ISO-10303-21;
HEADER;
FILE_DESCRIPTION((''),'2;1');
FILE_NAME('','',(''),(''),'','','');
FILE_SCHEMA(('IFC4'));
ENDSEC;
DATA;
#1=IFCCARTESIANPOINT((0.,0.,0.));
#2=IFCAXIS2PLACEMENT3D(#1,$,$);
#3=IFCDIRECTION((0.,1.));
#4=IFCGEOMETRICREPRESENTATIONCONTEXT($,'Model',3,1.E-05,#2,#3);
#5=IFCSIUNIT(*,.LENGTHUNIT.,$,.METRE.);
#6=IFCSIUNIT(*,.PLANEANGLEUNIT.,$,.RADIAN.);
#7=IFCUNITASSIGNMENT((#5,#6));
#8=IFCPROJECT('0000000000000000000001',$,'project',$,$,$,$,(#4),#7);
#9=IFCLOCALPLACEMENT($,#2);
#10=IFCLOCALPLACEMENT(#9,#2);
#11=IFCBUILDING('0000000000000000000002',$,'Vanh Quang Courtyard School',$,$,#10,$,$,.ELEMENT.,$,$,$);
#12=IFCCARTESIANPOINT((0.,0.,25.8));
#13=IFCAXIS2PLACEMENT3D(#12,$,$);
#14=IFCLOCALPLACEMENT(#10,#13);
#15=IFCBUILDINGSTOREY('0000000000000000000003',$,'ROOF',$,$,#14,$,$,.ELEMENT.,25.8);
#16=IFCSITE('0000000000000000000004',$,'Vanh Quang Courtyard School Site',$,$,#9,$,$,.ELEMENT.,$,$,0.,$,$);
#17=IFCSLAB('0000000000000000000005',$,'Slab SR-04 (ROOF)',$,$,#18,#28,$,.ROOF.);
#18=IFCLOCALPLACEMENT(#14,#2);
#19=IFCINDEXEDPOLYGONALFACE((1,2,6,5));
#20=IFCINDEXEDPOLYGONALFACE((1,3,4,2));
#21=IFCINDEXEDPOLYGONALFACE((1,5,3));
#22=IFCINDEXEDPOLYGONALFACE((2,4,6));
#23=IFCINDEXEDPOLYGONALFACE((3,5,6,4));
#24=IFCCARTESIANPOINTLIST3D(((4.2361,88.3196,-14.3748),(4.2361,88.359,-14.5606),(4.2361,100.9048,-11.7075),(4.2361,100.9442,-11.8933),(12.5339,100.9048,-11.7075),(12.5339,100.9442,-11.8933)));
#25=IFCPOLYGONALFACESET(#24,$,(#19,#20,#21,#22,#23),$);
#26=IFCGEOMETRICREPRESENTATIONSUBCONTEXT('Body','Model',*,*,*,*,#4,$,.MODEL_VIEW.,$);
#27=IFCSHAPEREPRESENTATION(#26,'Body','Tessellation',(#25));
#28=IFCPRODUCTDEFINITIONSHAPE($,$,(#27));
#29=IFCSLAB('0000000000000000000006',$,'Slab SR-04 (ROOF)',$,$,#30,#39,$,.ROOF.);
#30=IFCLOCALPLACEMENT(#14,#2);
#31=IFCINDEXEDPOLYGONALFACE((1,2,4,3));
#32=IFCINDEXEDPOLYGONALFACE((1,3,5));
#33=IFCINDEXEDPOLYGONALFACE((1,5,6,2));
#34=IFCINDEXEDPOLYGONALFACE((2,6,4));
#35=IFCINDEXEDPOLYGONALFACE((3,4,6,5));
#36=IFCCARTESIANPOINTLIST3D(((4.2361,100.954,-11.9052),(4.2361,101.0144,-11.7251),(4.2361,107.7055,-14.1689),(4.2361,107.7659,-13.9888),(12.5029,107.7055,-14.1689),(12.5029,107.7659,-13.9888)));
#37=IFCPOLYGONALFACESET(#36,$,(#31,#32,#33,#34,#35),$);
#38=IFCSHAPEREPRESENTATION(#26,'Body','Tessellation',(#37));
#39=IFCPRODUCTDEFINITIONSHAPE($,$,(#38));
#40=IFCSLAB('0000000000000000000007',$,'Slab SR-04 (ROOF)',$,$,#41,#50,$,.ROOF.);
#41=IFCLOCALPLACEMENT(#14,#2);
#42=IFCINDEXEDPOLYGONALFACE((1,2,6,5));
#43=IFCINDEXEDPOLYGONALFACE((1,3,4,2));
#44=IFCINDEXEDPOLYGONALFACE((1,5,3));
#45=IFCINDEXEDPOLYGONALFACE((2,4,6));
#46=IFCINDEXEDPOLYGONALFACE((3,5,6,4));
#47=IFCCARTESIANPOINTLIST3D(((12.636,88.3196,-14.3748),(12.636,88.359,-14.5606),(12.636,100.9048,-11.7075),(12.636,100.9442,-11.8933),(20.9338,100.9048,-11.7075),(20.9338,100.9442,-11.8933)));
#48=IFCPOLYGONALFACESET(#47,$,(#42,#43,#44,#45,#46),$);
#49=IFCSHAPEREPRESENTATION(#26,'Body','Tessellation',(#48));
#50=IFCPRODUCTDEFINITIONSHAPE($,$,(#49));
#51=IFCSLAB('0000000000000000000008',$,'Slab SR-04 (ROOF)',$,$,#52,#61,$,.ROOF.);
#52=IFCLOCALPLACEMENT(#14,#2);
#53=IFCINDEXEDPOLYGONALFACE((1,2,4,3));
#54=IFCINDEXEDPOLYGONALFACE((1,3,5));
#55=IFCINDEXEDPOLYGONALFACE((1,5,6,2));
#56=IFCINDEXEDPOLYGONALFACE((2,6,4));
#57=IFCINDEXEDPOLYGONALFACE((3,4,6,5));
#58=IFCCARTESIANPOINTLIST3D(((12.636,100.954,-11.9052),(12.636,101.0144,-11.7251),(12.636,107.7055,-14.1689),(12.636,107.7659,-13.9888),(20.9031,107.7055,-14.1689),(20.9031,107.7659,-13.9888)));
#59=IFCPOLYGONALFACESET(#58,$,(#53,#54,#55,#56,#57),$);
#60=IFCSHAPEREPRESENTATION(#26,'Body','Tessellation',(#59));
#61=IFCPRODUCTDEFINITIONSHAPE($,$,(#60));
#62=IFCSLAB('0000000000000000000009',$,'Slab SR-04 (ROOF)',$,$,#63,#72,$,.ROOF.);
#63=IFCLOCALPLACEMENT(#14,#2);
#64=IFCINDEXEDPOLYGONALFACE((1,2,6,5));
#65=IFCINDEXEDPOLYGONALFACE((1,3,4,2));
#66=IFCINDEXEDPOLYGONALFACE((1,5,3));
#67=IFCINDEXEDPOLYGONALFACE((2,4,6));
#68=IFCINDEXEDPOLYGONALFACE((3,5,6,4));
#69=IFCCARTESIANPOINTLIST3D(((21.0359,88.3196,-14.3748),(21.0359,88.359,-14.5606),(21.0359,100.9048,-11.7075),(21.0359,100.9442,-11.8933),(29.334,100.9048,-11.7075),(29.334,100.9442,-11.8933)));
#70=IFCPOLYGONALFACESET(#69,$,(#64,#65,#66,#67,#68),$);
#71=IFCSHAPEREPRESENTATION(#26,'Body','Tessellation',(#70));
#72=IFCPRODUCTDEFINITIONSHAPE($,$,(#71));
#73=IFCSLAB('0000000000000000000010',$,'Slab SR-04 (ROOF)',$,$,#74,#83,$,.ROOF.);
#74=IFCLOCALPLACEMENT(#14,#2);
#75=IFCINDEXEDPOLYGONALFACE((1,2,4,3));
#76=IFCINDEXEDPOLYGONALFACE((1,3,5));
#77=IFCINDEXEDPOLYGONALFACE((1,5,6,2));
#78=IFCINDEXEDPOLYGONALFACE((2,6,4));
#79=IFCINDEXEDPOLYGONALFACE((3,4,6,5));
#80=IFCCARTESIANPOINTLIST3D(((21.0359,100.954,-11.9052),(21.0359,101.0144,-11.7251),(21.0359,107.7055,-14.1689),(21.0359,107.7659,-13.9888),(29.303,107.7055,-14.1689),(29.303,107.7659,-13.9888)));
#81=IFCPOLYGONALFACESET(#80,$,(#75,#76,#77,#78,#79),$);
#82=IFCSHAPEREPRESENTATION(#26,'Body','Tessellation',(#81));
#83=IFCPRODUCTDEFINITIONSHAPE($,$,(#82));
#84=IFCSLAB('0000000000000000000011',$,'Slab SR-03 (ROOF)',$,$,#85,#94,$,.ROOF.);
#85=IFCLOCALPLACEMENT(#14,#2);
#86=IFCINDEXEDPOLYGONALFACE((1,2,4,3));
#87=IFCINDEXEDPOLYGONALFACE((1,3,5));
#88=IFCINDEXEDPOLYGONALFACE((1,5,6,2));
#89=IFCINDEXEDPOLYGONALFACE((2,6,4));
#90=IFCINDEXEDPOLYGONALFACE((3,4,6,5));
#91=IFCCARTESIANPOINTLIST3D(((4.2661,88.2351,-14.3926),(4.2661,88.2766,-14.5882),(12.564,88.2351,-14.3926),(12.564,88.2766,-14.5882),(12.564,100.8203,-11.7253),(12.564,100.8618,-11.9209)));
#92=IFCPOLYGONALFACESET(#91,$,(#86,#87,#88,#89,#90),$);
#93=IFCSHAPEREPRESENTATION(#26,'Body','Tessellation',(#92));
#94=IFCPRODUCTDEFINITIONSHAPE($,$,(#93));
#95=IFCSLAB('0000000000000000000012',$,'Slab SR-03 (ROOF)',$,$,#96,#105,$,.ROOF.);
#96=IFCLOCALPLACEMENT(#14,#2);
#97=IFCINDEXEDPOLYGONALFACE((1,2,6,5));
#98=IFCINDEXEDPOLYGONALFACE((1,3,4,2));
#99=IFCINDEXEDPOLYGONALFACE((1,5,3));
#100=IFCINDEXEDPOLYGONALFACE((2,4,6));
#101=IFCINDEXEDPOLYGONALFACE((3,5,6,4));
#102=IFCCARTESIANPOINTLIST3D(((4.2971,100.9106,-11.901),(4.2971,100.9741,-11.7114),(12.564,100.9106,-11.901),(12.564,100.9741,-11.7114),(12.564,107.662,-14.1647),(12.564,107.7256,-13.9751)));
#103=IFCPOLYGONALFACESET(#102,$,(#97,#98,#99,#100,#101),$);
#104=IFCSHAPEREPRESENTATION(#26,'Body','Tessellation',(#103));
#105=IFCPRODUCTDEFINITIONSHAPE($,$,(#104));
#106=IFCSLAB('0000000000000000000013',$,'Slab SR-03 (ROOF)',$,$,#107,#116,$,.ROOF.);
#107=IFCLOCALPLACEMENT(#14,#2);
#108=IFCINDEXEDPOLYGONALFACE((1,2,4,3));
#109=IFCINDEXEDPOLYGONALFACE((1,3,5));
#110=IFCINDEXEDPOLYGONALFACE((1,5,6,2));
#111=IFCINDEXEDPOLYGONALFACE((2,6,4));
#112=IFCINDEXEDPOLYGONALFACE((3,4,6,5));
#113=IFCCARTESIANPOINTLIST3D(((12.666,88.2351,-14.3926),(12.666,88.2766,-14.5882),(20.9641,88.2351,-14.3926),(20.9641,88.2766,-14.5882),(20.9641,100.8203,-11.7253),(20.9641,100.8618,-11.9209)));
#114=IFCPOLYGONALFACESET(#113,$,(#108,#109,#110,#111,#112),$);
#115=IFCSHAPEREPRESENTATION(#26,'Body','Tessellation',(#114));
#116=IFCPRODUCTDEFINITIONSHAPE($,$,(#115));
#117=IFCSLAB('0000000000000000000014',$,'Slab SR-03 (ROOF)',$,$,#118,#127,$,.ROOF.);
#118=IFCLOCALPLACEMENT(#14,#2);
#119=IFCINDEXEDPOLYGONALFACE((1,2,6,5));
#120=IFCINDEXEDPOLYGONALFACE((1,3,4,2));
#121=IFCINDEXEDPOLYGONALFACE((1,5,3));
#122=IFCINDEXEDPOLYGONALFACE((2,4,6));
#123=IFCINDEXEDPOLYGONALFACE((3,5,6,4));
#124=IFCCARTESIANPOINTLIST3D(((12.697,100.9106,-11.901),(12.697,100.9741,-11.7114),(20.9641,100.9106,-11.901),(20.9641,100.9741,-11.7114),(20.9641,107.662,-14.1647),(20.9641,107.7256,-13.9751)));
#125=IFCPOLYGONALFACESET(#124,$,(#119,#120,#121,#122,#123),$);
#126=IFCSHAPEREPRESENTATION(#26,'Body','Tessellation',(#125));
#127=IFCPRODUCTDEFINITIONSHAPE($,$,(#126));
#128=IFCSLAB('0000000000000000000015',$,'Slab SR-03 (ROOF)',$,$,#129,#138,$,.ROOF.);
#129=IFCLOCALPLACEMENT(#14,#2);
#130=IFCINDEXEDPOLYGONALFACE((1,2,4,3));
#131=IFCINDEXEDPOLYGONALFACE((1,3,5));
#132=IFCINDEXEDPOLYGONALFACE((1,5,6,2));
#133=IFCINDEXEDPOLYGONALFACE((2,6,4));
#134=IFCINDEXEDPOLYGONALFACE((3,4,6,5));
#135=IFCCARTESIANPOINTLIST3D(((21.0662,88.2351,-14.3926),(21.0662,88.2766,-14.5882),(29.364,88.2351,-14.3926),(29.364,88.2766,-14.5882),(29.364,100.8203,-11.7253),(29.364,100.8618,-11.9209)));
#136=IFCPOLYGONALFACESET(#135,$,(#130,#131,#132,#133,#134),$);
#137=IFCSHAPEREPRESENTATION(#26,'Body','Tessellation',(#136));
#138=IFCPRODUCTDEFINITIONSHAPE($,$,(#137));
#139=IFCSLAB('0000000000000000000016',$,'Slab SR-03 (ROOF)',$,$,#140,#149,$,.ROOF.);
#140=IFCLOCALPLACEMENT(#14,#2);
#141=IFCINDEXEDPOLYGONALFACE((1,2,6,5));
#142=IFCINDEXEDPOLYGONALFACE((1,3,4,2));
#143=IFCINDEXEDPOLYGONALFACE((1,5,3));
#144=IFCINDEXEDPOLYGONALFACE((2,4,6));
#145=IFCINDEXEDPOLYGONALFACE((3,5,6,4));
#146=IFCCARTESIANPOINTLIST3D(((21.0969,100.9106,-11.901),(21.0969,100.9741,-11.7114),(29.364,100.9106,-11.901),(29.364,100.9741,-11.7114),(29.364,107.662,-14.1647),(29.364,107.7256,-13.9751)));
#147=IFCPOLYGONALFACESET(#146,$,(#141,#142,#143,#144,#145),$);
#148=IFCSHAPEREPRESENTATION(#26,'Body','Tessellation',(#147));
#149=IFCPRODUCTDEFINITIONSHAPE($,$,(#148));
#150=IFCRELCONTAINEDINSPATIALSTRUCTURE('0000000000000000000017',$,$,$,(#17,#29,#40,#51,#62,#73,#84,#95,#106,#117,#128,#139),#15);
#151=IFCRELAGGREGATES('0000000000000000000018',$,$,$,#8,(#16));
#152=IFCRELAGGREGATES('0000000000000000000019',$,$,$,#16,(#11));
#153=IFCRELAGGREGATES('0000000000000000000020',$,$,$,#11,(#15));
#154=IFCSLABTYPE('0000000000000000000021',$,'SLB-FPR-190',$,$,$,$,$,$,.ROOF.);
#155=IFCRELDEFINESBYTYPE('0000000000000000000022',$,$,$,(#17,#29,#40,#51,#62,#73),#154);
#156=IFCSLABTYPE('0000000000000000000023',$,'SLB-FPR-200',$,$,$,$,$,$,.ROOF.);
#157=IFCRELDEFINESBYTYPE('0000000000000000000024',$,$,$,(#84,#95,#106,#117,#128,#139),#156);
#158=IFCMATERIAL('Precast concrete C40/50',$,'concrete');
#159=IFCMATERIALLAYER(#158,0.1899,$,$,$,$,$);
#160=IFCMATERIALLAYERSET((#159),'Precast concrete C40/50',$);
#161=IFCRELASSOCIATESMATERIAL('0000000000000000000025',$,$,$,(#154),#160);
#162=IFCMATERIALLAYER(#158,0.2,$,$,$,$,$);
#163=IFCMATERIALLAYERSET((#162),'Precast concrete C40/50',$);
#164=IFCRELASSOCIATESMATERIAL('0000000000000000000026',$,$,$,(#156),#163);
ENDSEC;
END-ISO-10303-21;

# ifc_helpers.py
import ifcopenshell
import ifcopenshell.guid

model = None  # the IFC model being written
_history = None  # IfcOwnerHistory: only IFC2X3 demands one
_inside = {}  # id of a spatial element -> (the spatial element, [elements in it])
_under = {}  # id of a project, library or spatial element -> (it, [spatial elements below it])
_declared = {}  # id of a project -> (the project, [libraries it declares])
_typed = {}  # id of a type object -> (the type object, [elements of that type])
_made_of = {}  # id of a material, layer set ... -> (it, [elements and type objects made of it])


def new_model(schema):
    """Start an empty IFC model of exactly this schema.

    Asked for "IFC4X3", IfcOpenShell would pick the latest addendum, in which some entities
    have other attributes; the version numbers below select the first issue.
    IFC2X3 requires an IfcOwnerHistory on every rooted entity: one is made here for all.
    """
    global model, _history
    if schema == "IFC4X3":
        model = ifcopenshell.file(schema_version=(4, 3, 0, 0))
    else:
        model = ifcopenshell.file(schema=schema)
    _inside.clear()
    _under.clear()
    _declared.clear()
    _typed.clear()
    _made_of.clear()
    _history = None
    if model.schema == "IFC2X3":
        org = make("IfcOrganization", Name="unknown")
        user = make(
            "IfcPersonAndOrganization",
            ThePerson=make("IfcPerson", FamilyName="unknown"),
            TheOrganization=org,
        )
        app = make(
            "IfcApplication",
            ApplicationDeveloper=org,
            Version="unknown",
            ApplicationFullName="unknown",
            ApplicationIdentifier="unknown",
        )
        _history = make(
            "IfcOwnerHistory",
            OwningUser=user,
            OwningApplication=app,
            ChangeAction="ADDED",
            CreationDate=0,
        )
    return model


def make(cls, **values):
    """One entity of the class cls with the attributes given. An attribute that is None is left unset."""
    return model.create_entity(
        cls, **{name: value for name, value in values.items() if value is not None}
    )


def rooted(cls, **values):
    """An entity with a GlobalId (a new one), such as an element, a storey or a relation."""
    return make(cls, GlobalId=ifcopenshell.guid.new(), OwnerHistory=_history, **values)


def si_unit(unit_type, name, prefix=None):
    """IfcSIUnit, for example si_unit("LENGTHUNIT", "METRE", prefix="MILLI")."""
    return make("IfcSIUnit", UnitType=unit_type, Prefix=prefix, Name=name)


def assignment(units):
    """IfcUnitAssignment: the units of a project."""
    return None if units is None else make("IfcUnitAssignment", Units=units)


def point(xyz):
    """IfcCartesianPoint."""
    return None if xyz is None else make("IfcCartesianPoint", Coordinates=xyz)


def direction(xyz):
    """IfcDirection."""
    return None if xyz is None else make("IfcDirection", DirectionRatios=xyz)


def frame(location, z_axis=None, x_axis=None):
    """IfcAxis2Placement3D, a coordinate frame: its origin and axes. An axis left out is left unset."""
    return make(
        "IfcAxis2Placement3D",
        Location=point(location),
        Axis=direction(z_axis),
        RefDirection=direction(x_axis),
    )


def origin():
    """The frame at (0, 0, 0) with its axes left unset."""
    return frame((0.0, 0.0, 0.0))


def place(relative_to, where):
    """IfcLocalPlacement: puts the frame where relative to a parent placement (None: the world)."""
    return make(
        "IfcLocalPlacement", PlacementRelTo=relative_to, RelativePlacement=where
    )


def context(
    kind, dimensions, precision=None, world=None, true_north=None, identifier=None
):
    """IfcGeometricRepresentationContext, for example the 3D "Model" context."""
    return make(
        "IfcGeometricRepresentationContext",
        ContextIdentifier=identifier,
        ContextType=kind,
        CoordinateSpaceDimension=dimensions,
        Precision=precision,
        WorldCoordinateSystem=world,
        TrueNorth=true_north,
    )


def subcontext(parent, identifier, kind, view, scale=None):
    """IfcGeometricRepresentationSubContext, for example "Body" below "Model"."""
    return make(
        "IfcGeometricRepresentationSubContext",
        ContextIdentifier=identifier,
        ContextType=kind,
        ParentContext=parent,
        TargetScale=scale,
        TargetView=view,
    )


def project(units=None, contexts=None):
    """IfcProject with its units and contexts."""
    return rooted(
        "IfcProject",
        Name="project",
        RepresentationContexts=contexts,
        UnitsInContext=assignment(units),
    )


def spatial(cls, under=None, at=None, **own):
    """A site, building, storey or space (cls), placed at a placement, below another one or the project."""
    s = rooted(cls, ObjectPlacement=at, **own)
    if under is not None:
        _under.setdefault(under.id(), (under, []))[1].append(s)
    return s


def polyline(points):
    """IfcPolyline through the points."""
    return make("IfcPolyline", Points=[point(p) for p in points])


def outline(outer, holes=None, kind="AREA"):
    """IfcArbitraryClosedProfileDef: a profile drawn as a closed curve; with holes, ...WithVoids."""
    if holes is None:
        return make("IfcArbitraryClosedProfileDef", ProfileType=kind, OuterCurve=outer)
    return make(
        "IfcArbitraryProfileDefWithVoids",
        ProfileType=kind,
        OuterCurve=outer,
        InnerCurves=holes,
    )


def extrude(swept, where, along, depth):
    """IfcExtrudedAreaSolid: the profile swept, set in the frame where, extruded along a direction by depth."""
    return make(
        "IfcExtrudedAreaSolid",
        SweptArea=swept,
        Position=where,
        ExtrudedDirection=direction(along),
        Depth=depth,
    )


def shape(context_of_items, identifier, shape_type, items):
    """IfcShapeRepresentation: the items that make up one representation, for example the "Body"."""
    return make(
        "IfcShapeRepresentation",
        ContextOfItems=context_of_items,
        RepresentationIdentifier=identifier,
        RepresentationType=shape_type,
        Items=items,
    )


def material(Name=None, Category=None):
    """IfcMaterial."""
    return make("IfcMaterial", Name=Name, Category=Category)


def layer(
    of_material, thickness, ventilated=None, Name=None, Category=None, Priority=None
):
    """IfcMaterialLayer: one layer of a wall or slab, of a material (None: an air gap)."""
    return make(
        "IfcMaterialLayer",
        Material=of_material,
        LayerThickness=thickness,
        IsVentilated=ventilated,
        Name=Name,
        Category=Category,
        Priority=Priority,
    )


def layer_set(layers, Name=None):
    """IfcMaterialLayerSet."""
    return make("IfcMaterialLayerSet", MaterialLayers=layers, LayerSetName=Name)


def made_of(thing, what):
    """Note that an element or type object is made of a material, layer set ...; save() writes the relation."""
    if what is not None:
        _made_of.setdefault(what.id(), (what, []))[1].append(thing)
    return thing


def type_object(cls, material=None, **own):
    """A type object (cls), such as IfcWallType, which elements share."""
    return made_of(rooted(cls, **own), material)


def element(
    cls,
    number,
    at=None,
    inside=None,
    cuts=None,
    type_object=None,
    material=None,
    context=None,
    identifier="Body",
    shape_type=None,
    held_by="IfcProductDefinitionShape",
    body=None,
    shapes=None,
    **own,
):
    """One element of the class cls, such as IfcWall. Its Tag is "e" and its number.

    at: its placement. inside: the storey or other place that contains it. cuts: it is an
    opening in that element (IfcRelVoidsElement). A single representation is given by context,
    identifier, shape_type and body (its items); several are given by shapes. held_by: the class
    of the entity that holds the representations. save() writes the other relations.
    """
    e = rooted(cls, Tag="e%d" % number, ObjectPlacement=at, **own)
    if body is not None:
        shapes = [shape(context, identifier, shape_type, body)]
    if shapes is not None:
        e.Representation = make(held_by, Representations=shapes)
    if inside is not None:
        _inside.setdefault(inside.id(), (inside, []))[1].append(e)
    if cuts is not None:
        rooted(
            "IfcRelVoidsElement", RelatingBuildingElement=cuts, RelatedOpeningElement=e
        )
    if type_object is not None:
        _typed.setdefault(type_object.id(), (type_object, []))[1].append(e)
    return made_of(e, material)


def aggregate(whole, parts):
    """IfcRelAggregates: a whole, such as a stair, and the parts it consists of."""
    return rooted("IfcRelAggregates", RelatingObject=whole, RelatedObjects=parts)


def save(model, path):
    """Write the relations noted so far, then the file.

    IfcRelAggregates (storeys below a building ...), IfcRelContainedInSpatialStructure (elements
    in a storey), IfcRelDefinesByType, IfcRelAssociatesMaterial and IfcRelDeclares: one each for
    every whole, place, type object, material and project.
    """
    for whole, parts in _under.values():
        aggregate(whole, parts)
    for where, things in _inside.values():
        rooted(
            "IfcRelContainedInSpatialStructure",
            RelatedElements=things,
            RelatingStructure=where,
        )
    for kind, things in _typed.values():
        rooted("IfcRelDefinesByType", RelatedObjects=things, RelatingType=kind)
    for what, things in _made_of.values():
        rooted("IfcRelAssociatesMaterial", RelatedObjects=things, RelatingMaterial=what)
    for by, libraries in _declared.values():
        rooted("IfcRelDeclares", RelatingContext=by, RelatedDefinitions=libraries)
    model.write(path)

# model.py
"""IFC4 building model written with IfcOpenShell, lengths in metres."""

from ifc_helpers import new_model, si_unit, direction, frame, origin, place, context, subcontext, project, spatial, polyline, outline, extrude, material, layer, layer_set, type_object, element, save


model = new_model("IFC4")

# Units and contexts
model_context = context("Model", 3, precision=1e-05, world=origin(), true_north=direction((0.0, 1.0)))
body_context = subcontext(model_context, "Body", "Model", "MODEL_VIEW")
ifc_project = project(units=[si_unit("LENGTHUNIT", "METRE"), si_unit("PLANEANGLEUNIT", "RADIAN")], contexts=[model_context])

# Site, building, storey
site_placement = place(None, origin())
site = spatial("IfcSite", under=ifc_project, at=site_placement, Name="Vanh Quang Courtyard School Site", CompositionType="ELEMENT", RefElevation=0.0)
building_placement = place(site_placement, origin())
building = spatial("IfcBuilding", under=site, at=building_placement, Name="Vanh Quang Courtyard School", CompositionType="ELEMENT")
storey_placement = place(building_placement, frame((0.0, 0.0, 25.8)))
storey = spatial("IfcBuildingStorey", under=building, at=storey_placement, Name="ROOF", CompositionType="ELEMENT", Elevation=25.8)

# Slabs
ifc_material_1 = material(Name="Precast concrete C40/50", Category="concrete")
ifc_layer_1 = layer(ifc_material_1, 0.1899)
ifc_layer_set_1 = layer_set([ifc_layer_1], Name="Precast concrete C40/50")
slab_type_1 = type_object("IfcSlabType", Name="SLB-FPR-190", PredefinedType="ROOF", material=ifc_layer_set_1)
slab_1_placement = place(storey_placement, frame((4.2361, 88.3196, -14.3748), z_axis=(0.0, -0.207329, 0.978271), x_axis=(0.542036, 0.822096, 0.17423)))
element("IfcSlab", 1, at=slab_1_placement, inside=storey, type_object=slab_type_1, Name="Slab SR-04 (ROOF)", PredefinedType="ROOF", context=body_context, shape_type="SweptSolid", body=[
    extrude(outline(polyline([(0.0, 0.0), (15.3087, 0.0), (10.811, 6.9731), (0.0, 0.0)])), origin(), (0.0, 0.0, -1.0), 0.1899),
])
slab_2_placement = place(storey_placement, frame((4.2361, 101.0144, -11.7251), z_axis=(0.0, 0.317894, 0.948126), x_axis=(0.75767, 0.618783, -0.207469)))
element("IfcSlab", 2, at=slab_2_placement, inside=storey, type_object=slab_type_1, Name="Slab SR-04 (ROOF)", PredefinedType="ROOF", context=body_context, shape_type="SweptSolid", body=[
    extrude(outline(polyline([(0.0, 0.0), (10.9109, 0.0), (4.6473, 5.3953), (0.0, 0.0)])), origin(), (0.0, 0.0, -1.0), 0.1899),
])
slab_3_placement = place(storey_placement, frame((12.636, 88.3196, -14.3748), z_axis=(0.0, -0.207329, 0.978271), x_axis=(0.542036, 0.822096, 0.17423)))
element("IfcSlab", 3, at=slab_3_placement, inside=storey, type_object=slab_type_1, Name="Slab SR-04 (ROOF)", PredefinedType="ROOF", context=body_context, shape_type="SweptSolid", body=[
    extrude(outline(polyline([(0.0, 0.0), (15.3087, 0.0), (10.811, 6.9731), (0.0, 0.0)])), origin(), (0.0, 0.0, -1.0), 0.1899),
])
slab_4_placement = place(storey_placement, frame((12.636, 101.0144, -11.7251), z_axis=(0.0, 0.317894, 0.948126), x_axis=(0.75768, 0.618773, -0.207466)))
element("IfcSlab", 4, at=slab_4_placement, inside=storey, type_object=slab_type_1, Name="Slab SR-04 (ROOF)", PredefinedType="ROOF", context=body_context, shape_type="SweptSolid", body=[
    extrude(outline(polyline([(0.0, 0.0), (10.9111, 0.0), (4.6473, 5.3953), (0.0, 0.0)])), origin(), (0.0, 0.0, -1.0), 0.1899),
])
slab_5_placement = place(storey_placement, frame((21.0359, 88.3196, -14.3748), z_axis=(0.0, -0.207329, 0.978271), x_axis=(0.542047, 0.822089, 0.174229)))
element("IfcSlab", 5, at=slab_5_placement, inside=storey, type_object=slab_type_1, Name="Slab SR-04 (ROOF)", PredefinedType="ROOF", context=body_context, shape_type="SweptSolid", body=[
    extrude(outline(polyline([(0.0, 0.0), (15.3088, 0.0), (10.8109, 6.9733), (0.0, 0.0)])), origin(), (0.0, 0.0, -1.0), 0.1899),
])
slab_6_placement = place(storey_placement, frame((21.0359, 101.0144, -11.7251), z_axis=(0.0, 0.317894, 0.948126), x_axis=(0.75768, 0.618773, -0.207466)))
element("IfcSlab", 6, at=slab_6_placement, inside=storey, type_object=slab_type_1, Name="Slab SR-04 (ROOF)", PredefinedType="ROOF", context=body_context, shape_type="SweptSolid", body=[
    extrude(outline(polyline([(0.0, 0.0), (10.9111, 0.0), (4.6473, 5.3953), (0.0, 0.0)])), origin(), (0.0, 0.0, -1.0), 0.1899),
])
ifc_layer_2 = layer(ifc_material_1, 0.2)
ifc_layer_set_2 = layer_set([ifc_layer_2], Name="Precast concrete C40/50")
slab_type_2 = type_object("IfcSlabType", Name="SLB-FPR-200", PredefinedType="ROOF", material=ifc_layer_set_2)
slab_7_placement = place(storey_placement, frame((4.2661, 88.2351, -14.3926), z_axis=(0.0, -0.207329, 0.978271), x_axis=(1.0, 0.0, 0.0)))
element("IfcSlab", 7, at=slab_7_placement, inside=storey, type_object=slab_type_2, Name="Slab SR-03 (ROOF)", PredefinedType="ROOF", context=body_context, shape_type="SweptSolid", body=[
    extrude(outline(polyline([(0.0, 0.0), (8.2979, 0.0), (8.2979, 12.8647), (0.0, 0.0)])), origin(), (0.0, 0.0, -1.0), 0.2),
])
slab_8_placement = place(storey_placement, frame((4.2971, 100.9741, -11.7114), z_axis=(0.0, 0.317894, 0.948126), x_axis=(1.0, 0.0, 0.0)))
element("IfcSlab", 8, at=slab_8_placement, inside=storey, type_object=slab_type_2, Name="Slab SR-03 (ROOF)", PredefinedType="ROOF", context=body_context, shape_type="SweptSolid", body=[
    extrude(outline(polyline([(0.0, 0.0), (8.2668, 0.0), (8.2668, 7.1208), (0.0, 0.0)])), origin(), (0.0, 0.0, -1.0), 0.2),
])
slab_9_placement = place(storey_placement, frame((12.666, 88.2351, -14.3926), z_axis=(0.0, -0.207329, 0.978271), x_axis=(1.0, 0.0, 0.0)))
element("IfcSlab", 9, at=slab_9_placement, inside=storey, type_object=slab_type_2, Name="Slab SR-03 (ROOF)", PredefinedType="ROOF", context=body_context, shape_type="SweptSolid", body=[
    extrude(outline(polyline([(0.0, 0.0), (8.2981, 0.0), (8.2981, 12.8647), (0.0, 0.0)])), origin(), (0.0, 0.0, -1.0), 0.2),
])
slab_10_placement = place(storey_placement, frame((12.697, 100.9741, -11.7114), z_axis=(0.0, 0.317894, 0.948126), x_axis=(1.0, 0.0, 0.0)))
element("IfcSlab", 10, at=slab_10_placement, inside=storey, type_object=slab_type_2, Name="Slab SR-03 (ROOF)", PredefinedType="ROOF", context=body_context, shape_type="SweptSolid", body=[
    extrude(outline(polyline([(0.0, 0.0), (8.2671, 0.0), (8.2671, 7.1208), (0.0, 0.0)])), origin(), (0.0, 0.0, -1.0), 0.2),
])
slab_11_placement = place(storey_placement, frame((21.0662, 88.2351, -14.3926), z_axis=(0.0, -0.207329, 0.978271), x_axis=(1.0, 0.0, 0.0)))
element("IfcSlab", 11, at=slab_11_placement, inside=storey, type_object=slab_type_2, Name="Slab SR-03 (ROOF)", PredefinedType="ROOF", context=body_context, shape_type="SweptSolid", body=[
    extrude(outline(polyline([(0.0, 0.0), (8.2979, 0.0), (8.2979, 12.8647), (0.0, 0.0)])), origin(), (0.0, 0.0, -1.0), 0.2),
])
slab_12_placement = place(storey_placement, frame((21.0969, 100.9741, -11.7114), z_axis=(0.0, 0.317894, 0.948126), x_axis=(1.0, 0.0, 0.0)))
element("IfcSlab", 12, at=slab_12_placement, inside=storey, type_object=slab_type_2, Name="Slab SR-03 (ROOF)", PredefinedType="ROOF", context=body_context, shape_type="SweptSolid", body=[
    extrude(outline(polyline([(0.0, 0.0), (8.2671, 0.0), (8.2671, 7.1208), (0.0, 0.0)])), origin(), (0.0, 0.0, -1.0), 0.2),
])

save(model, "model.ifc")
